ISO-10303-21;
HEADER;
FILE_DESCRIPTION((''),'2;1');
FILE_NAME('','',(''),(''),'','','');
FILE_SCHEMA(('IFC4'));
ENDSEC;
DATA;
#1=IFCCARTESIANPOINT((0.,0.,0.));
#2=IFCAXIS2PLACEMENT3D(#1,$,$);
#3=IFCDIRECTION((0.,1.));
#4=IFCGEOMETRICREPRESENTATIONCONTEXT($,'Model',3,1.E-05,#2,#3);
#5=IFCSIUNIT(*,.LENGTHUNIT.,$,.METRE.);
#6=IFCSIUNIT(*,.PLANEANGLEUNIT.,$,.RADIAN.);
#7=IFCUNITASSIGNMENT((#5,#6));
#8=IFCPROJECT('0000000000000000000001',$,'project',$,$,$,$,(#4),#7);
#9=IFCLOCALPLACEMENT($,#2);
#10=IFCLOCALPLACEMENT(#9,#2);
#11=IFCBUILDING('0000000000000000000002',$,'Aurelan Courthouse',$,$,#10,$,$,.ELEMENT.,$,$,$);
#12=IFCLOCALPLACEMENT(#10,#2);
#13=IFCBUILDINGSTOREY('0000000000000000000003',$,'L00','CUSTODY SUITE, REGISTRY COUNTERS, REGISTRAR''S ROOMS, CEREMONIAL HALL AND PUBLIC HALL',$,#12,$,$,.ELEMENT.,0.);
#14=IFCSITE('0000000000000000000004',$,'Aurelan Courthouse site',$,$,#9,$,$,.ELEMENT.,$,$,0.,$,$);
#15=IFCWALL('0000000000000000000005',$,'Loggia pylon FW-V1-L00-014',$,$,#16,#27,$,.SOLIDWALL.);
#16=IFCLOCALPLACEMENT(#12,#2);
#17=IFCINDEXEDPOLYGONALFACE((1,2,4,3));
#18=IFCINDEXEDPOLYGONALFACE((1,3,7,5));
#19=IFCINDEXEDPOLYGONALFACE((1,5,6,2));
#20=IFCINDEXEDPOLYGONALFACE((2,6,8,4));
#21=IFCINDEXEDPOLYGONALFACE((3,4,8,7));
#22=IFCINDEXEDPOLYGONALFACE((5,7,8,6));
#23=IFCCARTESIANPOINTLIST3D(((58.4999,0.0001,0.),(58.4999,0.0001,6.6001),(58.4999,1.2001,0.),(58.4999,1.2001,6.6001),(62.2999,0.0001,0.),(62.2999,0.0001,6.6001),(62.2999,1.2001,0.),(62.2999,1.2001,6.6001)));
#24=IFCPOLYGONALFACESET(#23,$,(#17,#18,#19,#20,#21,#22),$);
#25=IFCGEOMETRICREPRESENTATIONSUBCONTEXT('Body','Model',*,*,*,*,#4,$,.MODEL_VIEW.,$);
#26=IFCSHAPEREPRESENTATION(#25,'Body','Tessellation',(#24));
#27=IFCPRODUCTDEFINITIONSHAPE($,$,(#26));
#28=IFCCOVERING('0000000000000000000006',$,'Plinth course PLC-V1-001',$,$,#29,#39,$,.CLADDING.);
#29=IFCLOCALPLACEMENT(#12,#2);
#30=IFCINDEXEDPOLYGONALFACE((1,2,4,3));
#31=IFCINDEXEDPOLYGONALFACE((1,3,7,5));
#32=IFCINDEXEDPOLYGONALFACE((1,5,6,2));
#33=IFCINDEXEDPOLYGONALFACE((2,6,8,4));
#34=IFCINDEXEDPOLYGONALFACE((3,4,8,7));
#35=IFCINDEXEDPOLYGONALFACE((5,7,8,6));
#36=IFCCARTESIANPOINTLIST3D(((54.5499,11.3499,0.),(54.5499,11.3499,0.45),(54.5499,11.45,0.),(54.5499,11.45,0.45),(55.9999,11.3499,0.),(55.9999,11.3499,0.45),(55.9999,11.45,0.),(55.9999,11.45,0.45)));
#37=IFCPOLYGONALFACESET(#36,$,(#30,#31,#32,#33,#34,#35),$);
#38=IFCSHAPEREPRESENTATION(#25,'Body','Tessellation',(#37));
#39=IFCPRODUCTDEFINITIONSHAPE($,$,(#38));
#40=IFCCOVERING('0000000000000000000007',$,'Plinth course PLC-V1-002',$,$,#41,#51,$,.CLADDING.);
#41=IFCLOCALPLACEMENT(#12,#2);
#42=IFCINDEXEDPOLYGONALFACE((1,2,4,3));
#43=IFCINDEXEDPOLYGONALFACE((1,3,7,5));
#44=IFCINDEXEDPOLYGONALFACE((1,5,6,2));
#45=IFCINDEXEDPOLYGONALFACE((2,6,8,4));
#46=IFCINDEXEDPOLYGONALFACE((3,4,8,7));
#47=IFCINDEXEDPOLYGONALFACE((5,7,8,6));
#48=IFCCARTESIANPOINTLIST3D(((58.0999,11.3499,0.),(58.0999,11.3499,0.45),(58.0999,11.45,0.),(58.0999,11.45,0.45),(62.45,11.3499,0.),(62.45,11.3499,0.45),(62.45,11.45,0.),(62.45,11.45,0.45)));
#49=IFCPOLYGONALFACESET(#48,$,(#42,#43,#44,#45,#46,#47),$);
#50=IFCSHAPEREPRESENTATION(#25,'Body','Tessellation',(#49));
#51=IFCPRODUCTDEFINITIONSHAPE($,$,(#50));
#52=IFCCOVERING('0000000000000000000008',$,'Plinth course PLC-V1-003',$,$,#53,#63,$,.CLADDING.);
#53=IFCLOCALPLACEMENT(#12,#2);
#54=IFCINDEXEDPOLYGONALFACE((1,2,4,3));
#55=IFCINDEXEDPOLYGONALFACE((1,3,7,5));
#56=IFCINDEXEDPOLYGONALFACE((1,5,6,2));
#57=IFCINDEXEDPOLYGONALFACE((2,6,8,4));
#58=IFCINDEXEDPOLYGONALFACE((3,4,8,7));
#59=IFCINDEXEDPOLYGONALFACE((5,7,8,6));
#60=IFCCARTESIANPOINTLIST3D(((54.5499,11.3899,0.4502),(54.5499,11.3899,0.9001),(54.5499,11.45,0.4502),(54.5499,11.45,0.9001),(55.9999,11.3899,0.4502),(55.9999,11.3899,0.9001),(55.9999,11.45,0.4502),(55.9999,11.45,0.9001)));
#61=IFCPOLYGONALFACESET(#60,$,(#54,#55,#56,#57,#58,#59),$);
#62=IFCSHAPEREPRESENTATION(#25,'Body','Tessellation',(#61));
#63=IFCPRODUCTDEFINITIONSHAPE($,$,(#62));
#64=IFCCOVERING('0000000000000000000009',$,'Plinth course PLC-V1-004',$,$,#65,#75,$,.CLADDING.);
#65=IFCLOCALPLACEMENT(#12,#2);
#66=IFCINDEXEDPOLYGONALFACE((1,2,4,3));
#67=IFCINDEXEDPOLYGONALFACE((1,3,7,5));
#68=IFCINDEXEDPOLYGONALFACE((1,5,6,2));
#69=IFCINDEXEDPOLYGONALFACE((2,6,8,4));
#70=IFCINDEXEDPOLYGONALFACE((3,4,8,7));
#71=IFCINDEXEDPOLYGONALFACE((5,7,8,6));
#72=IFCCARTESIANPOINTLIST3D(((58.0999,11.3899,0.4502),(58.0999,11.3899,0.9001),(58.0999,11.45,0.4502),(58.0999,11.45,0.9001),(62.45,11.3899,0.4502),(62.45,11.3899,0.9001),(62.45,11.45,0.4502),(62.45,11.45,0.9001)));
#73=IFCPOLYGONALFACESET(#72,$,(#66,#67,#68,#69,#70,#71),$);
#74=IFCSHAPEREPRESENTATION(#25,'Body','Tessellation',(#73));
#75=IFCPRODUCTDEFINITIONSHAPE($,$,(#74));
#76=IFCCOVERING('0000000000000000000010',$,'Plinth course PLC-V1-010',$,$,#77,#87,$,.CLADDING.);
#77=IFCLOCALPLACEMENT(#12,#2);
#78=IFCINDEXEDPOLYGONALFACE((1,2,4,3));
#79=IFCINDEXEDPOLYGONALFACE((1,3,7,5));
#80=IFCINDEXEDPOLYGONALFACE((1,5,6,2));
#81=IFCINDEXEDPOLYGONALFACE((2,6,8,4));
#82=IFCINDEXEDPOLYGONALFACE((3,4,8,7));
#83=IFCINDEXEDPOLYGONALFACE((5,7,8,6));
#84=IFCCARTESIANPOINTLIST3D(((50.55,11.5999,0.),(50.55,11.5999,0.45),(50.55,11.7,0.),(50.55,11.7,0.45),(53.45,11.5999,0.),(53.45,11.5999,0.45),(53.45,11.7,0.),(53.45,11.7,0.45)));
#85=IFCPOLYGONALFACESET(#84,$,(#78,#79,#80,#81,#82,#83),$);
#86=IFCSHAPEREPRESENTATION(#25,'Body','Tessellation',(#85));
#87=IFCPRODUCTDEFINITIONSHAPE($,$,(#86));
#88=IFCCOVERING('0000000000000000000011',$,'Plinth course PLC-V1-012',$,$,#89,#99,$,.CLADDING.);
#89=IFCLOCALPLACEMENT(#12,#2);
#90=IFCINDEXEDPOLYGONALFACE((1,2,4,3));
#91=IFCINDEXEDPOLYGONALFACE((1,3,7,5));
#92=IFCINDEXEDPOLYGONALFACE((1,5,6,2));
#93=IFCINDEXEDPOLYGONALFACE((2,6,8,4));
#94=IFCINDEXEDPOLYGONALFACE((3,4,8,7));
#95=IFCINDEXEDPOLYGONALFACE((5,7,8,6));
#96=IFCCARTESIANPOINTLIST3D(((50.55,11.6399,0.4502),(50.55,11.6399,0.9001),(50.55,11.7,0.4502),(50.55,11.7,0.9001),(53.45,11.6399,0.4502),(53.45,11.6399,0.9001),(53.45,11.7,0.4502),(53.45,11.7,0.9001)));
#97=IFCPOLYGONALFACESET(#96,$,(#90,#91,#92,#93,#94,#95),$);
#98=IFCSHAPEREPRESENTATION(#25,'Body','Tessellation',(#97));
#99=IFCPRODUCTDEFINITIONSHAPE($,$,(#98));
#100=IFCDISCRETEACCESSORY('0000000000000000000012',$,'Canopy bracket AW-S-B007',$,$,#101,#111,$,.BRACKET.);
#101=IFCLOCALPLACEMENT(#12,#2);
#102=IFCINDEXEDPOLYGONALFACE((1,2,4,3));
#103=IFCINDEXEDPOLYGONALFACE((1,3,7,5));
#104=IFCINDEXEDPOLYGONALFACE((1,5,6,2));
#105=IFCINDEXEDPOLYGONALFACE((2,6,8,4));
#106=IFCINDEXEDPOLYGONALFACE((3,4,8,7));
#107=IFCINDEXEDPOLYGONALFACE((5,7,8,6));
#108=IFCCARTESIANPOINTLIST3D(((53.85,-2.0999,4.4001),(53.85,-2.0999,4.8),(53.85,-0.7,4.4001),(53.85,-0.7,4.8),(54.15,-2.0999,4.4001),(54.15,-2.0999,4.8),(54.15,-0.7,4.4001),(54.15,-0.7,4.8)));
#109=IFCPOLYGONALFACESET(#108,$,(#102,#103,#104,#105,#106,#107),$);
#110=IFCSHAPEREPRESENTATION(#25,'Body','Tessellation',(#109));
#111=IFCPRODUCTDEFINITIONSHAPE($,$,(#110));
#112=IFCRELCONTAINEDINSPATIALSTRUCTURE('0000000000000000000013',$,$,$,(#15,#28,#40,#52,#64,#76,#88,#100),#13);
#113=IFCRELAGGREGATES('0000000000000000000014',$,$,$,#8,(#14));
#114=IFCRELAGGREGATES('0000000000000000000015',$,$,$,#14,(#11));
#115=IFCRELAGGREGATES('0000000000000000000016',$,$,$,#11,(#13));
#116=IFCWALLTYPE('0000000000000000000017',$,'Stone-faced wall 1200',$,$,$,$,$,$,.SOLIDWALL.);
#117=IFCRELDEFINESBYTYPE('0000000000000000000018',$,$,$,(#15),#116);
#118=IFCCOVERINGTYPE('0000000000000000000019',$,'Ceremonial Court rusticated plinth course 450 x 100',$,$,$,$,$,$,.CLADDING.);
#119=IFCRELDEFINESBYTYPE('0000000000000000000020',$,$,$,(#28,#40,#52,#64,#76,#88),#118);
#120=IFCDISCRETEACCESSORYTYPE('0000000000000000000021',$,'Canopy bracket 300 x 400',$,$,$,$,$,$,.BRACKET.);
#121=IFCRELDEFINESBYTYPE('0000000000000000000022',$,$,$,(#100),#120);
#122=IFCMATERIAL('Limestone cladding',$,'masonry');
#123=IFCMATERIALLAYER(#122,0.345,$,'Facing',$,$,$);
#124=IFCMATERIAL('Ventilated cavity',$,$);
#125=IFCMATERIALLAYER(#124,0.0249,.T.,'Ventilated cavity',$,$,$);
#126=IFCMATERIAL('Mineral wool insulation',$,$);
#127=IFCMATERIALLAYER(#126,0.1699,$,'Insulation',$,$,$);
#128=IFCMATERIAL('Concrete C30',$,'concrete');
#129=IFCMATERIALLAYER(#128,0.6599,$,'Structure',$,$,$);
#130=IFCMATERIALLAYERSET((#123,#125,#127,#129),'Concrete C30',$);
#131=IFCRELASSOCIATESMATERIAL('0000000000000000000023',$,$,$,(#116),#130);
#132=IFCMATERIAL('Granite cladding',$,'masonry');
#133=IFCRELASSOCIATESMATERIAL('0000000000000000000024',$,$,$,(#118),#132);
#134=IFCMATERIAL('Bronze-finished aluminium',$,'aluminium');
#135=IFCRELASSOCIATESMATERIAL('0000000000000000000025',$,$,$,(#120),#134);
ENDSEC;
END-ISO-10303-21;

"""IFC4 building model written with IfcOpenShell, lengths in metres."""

from ifc_helpers import new_model, si_unit, direction, frame, frame_2d, origin, origin_2d, place, context, subcontext, project, spatial, rectangle, extrude, material, layer, layer_set, type_object, element, save


model = new_model("IFC4")

# Units and contexts
model_context = context("Model", 3, precision=1e-05, world=origin(), true_north=direction((0.0, 1.0)))
body_context = subcontext(model_context, "Body", "Model", "MODEL_VIEW")
ifc_project = project(units=[si_unit("LENGTHUNIT", "METRE"), si_unit("PLANEANGLEUNIT", "RADIAN")], contexts=[model_context])

# Site, building, storey
site_placement = place(None, origin())
site = spatial("IfcSite", under=ifc_project, at=site_placement, Name="Aurelan Courthouse site", CompositionType="ELEMENT", RefElevation=0.0)
building_placement = place(site_placement, origin())
building = spatial("IfcBuilding", under=site, at=building_placement, Name="Aurelan Courthouse", CompositionType="ELEMENT")
storey_placement = place(building_placement, origin())
storey = spatial("IfcBuildingStorey", under=building, at=storey_placement, Name="L00", Description="CUSTODY SUITE, REGISTRY COUNTERS, REGISTRAR'S ROOMS, CEREMONIAL HALL AND PUBLIC HALL", CompositionType="ELEMENT", Elevation=0.0)

# Shared definitions
ifc_material_1 = material(Name="Limestone cladding", Category="masonry")
ifc_material_2 = material(Name="Ventilated cavity")
ifc_material_3 = material(Name="Mineral wool insulation")
ifc_material_4 = material(Name="Concrete C30", Category="concrete")

# Wall
ifc_layer_1 = layer(ifc_material_1, 0.345, Name="Facing")
ifc_layer_2 = layer(ifc_material_2, 0.0249, ventilated=True, Name="Ventilated cavity")
ifc_layer_3 = layer(ifc_material_3, 0.1699, Name="Insulation")
ifc_layer_4 = layer(ifc_material_4, 0.6599, Name="Structure")
ifc_layer_set_1 = layer_set([ifc_layer_1, ifc_layer_2, ifc_layer_3, ifc_layer_4], Name="Concrete C30")
wall_type_1 = type_object("IfcWallType", Name="Stone-faced wall 1200", PredefinedType="SOLIDWALL", material=ifc_layer_set_1)
wall_1_placement = place(storey_placement, frame((58.5, 0.6001, 0.0), z_axis=(0.0, 0.0, 1.0), x_axis=(1.0, 0.0, 0.0)))
element("IfcWall", 1, at=wall_1_placement, inside=storey, type_object=wall_type_1, Name="Loggia pylon FW-V1-L00-014", PredefinedType="SOLIDWALL", context=body_context, shape_type="SweptSolid", body=[
    extrude(rectangle(XDim=3.8, YDim=1.2, at=frame_2d((1.8999, 0.0))), origin(), (0.0, 0.0, 1.0), 6.6001),
])

# Coverings
ifc_material_5 = material(Name="Granite cladding", Category="masonry")
covering_type = type_object("IfcCoveringType", Name="Ceremonial Court rusticated plinth course 450 x 100", PredefinedType="CLADDING", material=ifc_material_5)
covering_1_placement = place(storey_placement, frame((55.2749, 11.3999, 0.0), z_axis=(0.0, 0.0, 1.0), x_axis=(1.0, 0.0, 0.0)))
element("IfcCovering", 2, at=covering_1_placement, inside=storey, type_object=covering_type, Name="Plinth course PLC-V1-001", PredefinedType="CLADDING", context=body_context, shape_type="SweptSolid", body=[
    extrude(rectangle(XDim=1.45, YDim=0.1001, at=origin_2d()), origin(), (0.0, 0.0, 1.0), 0.45),
])
covering_2_placement = place(storey_placement, frame((60.2749, 11.3999, 0.0), z_axis=(0.0, 0.0, 1.0), x_axis=(1.0, 0.0, 0.0)))
element("IfcCovering", 3, at=covering_2_placement, inside=storey, type_object=covering_type, Name="Plinth course PLC-V1-002", PredefinedType="CLADDING", context=body_context, shape_type="SweptSolid", body=[
    extrude(rectangle(XDim=4.3501, YDim=0.1001, at=origin_2d()), origin(), (0.0, 0.0, 1.0), 0.45),
])
covering_3_placement = place(storey_placement, frame((55.2749, 11.4199, 0.4502), z_axis=(0.0, 0.0, 1.0), x_axis=(1.0, 0.0, 0.0)))
element("IfcCovering", 4, at=covering_3_placement, inside=storey, type_object=covering_type, Name="Plinth course PLC-V1-003", PredefinedType="CLADDING", context=body_context, shape_type="SweptSolid", body=[
    extrude(rectangle(XDim=1.45, YDim=0.0601, at=origin_2d()), origin(), (0.0, 0.0, 1.0), 0.45),
])
covering_4_placement = place(storey_placement, frame((60.2749, 11.4199, 0.4502), z_axis=(0.0, 0.0, 1.0), x_axis=(1.0, 0.0, 0.0)))
element("IfcCovering", 5, at=covering_4_placement, inside=storey, type_object=covering_type, Name="Plinth course PLC-V1-004", PredefinedType="CLADDING", context=body_context, shape_type="SweptSolid", body=[
    extrude(rectangle(XDim=4.3501, YDim=0.0601, at=origin_2d()), origin(), (0.0, 0.0, 1.0), 0.45),
])
covering_5_placement = place(storey_placement, frame((52.0, 11.6499, 0.0), z_axis=(0.0, 0.0, 1.0), x_axis=(1.0, 0.0, 0.0)))
element("IfcCovering", 6, at=covering_5_placement, inside=storey, type_object=covering_type, Name="Plinth course PLC-V1-010", PredefinedType="CLADDING", context=body_context, shape_type="SweptSolid", body=[
    extrude(rectangle(XDim=2.8999, YDim=0.1001, at=origin_2d()), origin(), (0.0, 0.0, 1.0), 0.45),
])
covering_6_placement = place(storey_placement, frame((52.0, 11.6699, 0.4502), z_axis=(0.0, 0.0, 1.0), x_axis=(1.0, 0.0, 0.0)))
element("IfcCovering", 7, at=covering_6_placement, inside=storey, type_object=covering_type, Name="Plinth course PLC-V1-012", PredefinedType="CLADDING", context=body_context, shape_type="SweptSolid", body=[
    extrude(rectangle(XDim=2.8999, YDim=0.0601, at=origin_2d()), origin(), (0.0, 0.0, 1.0), 0.45),
])

# Discrete accessory
ifc_material_6 = material(Name="Bronze-finished aluminium", Category="aluminium")
discrete_accessory_type = type_object("IfcDiscreteAccessoryType", Name="Canopy bracket 300 x 400", PredefinedType="BRACKET", material=ifc_material_6)
discrete_accessory_placement = place(storey_placement, frame((54.0, -1.3999, 4.4001), z_axis=(0.0, 0.0, 1.0), x_axis=(1.0, 0.0, 0.0)))
element("IfcDiscreteAccessory", 8, at=discrete_accessory_placement, inside=storey, type_object=discrete_accessory_type, Name="Canopy bracket AW-S-B007", PredefinedType="BRACKET", context=body_context, shape_type="SweptSolid", body=[
    extrude(rectangle(XDim=0.3, YDim=1.3999, at=origin_2d()), origin(), (0.0, 0.0, 1.0), 0.3999),
])

save(model, "model.ifc")
